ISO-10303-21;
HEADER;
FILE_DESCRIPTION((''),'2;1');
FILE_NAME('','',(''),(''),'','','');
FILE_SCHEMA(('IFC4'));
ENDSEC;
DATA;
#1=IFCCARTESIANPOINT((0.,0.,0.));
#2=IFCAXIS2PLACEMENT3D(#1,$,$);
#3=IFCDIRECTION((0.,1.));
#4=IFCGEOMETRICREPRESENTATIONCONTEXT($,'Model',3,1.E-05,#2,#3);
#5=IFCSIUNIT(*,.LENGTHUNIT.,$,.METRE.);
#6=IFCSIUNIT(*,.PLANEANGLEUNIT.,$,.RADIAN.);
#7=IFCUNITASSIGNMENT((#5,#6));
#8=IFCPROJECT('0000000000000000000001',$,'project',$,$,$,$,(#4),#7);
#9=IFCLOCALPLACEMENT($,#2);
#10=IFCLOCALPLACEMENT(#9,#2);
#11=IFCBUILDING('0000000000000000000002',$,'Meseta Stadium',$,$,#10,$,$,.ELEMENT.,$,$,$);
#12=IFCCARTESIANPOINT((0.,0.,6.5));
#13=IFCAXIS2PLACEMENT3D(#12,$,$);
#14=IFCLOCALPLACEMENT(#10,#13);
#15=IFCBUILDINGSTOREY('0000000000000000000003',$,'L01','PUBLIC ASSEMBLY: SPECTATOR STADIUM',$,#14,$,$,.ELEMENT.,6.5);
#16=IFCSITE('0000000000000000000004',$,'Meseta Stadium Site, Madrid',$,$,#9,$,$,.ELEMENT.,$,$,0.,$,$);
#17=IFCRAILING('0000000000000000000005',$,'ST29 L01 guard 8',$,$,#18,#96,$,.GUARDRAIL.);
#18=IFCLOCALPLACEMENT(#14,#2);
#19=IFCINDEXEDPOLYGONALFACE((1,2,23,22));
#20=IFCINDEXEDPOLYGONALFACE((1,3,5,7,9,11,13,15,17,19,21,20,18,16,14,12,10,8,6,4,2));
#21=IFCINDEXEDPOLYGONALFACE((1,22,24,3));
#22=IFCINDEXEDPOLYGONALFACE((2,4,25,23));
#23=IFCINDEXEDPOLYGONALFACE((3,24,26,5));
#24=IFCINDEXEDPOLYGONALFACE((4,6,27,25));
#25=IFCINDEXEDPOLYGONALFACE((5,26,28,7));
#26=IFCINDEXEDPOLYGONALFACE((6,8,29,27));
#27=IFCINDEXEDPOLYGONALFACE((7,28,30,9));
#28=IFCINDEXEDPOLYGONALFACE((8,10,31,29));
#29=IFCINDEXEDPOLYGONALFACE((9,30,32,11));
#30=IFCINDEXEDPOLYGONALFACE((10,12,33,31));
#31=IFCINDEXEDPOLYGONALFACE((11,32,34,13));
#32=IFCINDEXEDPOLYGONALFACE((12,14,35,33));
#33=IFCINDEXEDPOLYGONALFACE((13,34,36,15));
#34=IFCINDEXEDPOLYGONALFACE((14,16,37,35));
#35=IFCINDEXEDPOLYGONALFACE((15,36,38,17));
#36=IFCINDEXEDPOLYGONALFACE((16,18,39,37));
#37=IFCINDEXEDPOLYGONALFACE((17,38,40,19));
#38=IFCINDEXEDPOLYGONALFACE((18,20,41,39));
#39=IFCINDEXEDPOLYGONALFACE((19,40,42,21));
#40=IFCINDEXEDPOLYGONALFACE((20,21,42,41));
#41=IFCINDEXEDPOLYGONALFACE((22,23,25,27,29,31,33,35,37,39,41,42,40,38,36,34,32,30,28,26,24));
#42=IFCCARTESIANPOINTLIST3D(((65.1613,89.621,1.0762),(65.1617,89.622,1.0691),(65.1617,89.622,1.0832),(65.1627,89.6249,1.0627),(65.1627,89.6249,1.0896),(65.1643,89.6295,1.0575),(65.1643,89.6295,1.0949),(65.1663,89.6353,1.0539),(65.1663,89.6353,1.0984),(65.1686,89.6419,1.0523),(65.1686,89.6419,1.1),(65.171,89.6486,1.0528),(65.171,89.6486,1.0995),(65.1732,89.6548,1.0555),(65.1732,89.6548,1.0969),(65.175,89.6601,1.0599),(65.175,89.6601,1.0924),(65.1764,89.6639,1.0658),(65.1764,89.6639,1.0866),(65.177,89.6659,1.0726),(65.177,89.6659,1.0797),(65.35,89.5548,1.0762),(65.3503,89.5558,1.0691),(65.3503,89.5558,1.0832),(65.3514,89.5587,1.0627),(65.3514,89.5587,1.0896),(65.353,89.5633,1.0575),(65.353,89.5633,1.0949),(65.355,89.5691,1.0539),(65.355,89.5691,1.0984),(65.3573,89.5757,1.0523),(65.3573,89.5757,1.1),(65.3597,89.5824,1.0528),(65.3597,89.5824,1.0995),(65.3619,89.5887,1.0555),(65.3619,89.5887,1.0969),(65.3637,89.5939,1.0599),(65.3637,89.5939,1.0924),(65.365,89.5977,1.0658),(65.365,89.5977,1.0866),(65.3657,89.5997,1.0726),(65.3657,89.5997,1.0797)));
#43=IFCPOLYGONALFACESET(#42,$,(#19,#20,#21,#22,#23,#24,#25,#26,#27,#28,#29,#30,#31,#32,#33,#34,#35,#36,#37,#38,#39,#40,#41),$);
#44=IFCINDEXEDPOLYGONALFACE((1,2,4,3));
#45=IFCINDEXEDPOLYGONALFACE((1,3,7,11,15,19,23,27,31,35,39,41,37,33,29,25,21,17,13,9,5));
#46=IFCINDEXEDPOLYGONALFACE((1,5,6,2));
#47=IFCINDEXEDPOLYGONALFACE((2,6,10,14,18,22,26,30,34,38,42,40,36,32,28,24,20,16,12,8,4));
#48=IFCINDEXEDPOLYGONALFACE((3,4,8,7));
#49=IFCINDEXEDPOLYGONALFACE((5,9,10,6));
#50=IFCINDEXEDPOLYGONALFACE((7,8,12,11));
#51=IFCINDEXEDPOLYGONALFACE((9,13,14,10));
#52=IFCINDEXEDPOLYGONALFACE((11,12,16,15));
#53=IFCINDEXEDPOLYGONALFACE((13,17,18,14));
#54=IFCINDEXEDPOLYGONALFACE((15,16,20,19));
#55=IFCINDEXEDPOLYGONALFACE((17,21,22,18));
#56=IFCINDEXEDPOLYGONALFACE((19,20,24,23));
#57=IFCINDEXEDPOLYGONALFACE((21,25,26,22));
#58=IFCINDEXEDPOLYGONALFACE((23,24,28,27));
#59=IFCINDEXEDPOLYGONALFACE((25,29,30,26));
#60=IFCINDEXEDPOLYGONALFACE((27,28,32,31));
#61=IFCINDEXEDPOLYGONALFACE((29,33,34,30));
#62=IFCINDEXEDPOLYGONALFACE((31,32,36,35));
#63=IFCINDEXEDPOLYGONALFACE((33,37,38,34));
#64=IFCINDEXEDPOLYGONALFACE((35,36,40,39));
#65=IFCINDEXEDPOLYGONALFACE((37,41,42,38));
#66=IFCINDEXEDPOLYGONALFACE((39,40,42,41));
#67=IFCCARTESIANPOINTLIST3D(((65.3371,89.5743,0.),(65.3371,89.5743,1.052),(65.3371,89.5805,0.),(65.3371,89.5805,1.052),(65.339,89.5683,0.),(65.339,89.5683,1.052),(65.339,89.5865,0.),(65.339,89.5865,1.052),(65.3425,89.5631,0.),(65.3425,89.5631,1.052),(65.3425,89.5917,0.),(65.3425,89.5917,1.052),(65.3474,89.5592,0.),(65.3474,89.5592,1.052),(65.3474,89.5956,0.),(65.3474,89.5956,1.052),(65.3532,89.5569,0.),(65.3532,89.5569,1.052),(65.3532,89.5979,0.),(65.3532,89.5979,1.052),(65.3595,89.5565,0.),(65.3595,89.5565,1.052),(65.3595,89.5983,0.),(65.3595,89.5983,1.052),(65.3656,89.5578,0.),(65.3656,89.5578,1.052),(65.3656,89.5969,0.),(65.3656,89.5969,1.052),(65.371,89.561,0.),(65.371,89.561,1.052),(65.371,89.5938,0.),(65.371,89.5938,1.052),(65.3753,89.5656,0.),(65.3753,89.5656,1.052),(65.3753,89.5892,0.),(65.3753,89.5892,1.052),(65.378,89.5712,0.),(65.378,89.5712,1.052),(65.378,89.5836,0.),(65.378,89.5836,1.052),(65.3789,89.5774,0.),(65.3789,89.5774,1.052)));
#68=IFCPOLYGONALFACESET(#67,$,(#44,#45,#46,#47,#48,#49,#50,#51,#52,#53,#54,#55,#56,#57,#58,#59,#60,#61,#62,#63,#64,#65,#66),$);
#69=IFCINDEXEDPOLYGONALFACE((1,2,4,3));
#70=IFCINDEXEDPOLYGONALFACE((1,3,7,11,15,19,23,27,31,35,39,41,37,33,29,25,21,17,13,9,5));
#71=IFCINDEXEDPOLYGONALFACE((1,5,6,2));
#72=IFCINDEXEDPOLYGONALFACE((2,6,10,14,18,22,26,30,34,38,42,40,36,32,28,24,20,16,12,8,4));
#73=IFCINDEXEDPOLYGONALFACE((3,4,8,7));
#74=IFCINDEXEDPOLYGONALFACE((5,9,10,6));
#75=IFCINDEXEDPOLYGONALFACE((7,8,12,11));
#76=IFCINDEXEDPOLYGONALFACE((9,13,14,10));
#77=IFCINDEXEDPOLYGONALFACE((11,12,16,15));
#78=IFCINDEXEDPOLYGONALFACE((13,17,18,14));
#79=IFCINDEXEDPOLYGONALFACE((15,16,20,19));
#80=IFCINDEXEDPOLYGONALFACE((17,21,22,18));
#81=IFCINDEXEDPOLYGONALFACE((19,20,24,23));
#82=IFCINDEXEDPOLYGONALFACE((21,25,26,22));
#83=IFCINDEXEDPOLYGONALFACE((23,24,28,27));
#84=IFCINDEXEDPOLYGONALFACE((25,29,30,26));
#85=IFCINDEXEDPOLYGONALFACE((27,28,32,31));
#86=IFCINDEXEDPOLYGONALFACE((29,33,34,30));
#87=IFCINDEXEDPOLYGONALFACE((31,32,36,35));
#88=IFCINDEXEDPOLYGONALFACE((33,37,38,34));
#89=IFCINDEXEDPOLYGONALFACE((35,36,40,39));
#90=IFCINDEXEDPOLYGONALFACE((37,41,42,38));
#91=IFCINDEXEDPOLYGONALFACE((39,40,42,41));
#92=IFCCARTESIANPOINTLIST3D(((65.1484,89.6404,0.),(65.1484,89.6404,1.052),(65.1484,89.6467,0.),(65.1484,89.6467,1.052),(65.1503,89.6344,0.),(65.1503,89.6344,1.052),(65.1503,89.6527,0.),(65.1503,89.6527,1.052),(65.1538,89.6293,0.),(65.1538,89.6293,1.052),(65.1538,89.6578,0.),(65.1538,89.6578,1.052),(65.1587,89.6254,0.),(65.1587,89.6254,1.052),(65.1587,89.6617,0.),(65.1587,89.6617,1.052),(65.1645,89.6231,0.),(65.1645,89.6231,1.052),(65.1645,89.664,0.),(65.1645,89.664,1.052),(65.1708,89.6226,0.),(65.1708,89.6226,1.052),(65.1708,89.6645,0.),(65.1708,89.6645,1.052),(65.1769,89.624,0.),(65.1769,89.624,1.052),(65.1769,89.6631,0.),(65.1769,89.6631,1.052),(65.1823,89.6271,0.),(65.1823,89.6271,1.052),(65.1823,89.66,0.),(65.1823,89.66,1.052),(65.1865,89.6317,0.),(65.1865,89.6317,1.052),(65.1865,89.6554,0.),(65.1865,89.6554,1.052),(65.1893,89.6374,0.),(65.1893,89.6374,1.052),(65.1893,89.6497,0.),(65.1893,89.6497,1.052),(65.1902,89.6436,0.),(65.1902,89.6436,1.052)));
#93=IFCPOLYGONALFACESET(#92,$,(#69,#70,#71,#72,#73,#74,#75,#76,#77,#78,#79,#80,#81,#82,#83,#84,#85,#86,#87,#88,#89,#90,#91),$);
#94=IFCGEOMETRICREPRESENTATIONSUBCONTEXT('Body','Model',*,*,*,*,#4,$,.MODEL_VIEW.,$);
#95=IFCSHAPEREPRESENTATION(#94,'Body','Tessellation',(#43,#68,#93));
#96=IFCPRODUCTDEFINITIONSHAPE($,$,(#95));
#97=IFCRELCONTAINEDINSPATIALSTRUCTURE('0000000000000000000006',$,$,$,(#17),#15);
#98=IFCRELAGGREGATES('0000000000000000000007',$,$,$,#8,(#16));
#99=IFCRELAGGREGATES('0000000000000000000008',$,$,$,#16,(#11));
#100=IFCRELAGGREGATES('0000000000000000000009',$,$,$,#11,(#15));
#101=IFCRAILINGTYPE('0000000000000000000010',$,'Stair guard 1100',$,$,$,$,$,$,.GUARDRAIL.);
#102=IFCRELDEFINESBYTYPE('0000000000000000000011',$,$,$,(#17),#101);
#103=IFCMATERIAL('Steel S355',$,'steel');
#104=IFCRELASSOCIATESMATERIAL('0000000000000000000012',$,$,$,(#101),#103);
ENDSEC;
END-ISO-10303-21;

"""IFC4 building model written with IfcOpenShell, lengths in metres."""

from ifc_helpers import new_model, si_unit, direction, frame, origin, origin_2d, place, context, subcontext, project, spatial, circle, extrude, material, type_object, element, save


model = new_model("IFC4")

# Units and contexts
model_context = context("Model", 3, precision=1e-05, world=origin(), true_north=direction((0.0, 1.0)))
body_context = subcontext(model_context, "Body", "Model", "MODEL_VIEW")
ifc_project = project(units=[si_unit("LENGTHUNIT", "METRE"), si_unit("PLANEANGLEUNIT", "RADIAN")], contexts=[model_context])

# Site, building, storey
site_placement = place(None, origin())
site = spatial("IfcSite", under=ifc_project, at=site_placement, Name="Meseta Stadium Site, Madrid", CompositionType="ELEMENT", RefElevation=0.0)
building_placement = place(site_placement, origin())
building = spatial("IfcBuilding", under=site, at=building_placement, Name="Meseta Stadium", CompositionType="ELEMENT")
storey_placement = place(building_placement, frame((0.0, 0.0, 6.5)))
storey = spatial("IfcBuildingStorey", under=building, at=storey_placement, Name="L01", Description="PUBLIC ASSEMBLY: SPECTATOR STADIUM", CompositionType="ELEMENT", Elevation=6.5)

# Railing
ifc_material_1 = material(Name="Steel S355", Category="steel")
railing_type_1 = type_object("IfcRailingType", Name="Stair guard 1100", PredefinedType="GUARDRAIL", material=ifc_material_1)
railing_1_placement = place(storey_placement, frame((65.3579, 89.5774, 0.0)))
element("IfcRailing", 1, at=railing_1_placement, inside=storey, type_object=railing_type_1, Name="ST29 L01 guard 8", PredefinedType="GUARDRAIL", context=body_context, shape_type="SweptSolid", body=[
    extrude(circle(Radius=0.0239, at=origin_2d()), frame((0.0, 0.0, 1.0762), z_axis=(-0.943687, 0.33084, 0.0), x_axis=(-0.33084, -0.943687, 0.0)), (0.0, 0.0, 1.0), 0.2),
    extrude(circle(Radius=0.021, at=origin_2d()), origin(), (0.0, 0.0, 1.0), 1.052),
    extrude(circle(Radius=0.021, at=origin_2d()), frame((-0.1887, 0.0662, 0.0)), (0.0, 0.0, 1.0), 1.052),
])

save(model, "model.ifc")
